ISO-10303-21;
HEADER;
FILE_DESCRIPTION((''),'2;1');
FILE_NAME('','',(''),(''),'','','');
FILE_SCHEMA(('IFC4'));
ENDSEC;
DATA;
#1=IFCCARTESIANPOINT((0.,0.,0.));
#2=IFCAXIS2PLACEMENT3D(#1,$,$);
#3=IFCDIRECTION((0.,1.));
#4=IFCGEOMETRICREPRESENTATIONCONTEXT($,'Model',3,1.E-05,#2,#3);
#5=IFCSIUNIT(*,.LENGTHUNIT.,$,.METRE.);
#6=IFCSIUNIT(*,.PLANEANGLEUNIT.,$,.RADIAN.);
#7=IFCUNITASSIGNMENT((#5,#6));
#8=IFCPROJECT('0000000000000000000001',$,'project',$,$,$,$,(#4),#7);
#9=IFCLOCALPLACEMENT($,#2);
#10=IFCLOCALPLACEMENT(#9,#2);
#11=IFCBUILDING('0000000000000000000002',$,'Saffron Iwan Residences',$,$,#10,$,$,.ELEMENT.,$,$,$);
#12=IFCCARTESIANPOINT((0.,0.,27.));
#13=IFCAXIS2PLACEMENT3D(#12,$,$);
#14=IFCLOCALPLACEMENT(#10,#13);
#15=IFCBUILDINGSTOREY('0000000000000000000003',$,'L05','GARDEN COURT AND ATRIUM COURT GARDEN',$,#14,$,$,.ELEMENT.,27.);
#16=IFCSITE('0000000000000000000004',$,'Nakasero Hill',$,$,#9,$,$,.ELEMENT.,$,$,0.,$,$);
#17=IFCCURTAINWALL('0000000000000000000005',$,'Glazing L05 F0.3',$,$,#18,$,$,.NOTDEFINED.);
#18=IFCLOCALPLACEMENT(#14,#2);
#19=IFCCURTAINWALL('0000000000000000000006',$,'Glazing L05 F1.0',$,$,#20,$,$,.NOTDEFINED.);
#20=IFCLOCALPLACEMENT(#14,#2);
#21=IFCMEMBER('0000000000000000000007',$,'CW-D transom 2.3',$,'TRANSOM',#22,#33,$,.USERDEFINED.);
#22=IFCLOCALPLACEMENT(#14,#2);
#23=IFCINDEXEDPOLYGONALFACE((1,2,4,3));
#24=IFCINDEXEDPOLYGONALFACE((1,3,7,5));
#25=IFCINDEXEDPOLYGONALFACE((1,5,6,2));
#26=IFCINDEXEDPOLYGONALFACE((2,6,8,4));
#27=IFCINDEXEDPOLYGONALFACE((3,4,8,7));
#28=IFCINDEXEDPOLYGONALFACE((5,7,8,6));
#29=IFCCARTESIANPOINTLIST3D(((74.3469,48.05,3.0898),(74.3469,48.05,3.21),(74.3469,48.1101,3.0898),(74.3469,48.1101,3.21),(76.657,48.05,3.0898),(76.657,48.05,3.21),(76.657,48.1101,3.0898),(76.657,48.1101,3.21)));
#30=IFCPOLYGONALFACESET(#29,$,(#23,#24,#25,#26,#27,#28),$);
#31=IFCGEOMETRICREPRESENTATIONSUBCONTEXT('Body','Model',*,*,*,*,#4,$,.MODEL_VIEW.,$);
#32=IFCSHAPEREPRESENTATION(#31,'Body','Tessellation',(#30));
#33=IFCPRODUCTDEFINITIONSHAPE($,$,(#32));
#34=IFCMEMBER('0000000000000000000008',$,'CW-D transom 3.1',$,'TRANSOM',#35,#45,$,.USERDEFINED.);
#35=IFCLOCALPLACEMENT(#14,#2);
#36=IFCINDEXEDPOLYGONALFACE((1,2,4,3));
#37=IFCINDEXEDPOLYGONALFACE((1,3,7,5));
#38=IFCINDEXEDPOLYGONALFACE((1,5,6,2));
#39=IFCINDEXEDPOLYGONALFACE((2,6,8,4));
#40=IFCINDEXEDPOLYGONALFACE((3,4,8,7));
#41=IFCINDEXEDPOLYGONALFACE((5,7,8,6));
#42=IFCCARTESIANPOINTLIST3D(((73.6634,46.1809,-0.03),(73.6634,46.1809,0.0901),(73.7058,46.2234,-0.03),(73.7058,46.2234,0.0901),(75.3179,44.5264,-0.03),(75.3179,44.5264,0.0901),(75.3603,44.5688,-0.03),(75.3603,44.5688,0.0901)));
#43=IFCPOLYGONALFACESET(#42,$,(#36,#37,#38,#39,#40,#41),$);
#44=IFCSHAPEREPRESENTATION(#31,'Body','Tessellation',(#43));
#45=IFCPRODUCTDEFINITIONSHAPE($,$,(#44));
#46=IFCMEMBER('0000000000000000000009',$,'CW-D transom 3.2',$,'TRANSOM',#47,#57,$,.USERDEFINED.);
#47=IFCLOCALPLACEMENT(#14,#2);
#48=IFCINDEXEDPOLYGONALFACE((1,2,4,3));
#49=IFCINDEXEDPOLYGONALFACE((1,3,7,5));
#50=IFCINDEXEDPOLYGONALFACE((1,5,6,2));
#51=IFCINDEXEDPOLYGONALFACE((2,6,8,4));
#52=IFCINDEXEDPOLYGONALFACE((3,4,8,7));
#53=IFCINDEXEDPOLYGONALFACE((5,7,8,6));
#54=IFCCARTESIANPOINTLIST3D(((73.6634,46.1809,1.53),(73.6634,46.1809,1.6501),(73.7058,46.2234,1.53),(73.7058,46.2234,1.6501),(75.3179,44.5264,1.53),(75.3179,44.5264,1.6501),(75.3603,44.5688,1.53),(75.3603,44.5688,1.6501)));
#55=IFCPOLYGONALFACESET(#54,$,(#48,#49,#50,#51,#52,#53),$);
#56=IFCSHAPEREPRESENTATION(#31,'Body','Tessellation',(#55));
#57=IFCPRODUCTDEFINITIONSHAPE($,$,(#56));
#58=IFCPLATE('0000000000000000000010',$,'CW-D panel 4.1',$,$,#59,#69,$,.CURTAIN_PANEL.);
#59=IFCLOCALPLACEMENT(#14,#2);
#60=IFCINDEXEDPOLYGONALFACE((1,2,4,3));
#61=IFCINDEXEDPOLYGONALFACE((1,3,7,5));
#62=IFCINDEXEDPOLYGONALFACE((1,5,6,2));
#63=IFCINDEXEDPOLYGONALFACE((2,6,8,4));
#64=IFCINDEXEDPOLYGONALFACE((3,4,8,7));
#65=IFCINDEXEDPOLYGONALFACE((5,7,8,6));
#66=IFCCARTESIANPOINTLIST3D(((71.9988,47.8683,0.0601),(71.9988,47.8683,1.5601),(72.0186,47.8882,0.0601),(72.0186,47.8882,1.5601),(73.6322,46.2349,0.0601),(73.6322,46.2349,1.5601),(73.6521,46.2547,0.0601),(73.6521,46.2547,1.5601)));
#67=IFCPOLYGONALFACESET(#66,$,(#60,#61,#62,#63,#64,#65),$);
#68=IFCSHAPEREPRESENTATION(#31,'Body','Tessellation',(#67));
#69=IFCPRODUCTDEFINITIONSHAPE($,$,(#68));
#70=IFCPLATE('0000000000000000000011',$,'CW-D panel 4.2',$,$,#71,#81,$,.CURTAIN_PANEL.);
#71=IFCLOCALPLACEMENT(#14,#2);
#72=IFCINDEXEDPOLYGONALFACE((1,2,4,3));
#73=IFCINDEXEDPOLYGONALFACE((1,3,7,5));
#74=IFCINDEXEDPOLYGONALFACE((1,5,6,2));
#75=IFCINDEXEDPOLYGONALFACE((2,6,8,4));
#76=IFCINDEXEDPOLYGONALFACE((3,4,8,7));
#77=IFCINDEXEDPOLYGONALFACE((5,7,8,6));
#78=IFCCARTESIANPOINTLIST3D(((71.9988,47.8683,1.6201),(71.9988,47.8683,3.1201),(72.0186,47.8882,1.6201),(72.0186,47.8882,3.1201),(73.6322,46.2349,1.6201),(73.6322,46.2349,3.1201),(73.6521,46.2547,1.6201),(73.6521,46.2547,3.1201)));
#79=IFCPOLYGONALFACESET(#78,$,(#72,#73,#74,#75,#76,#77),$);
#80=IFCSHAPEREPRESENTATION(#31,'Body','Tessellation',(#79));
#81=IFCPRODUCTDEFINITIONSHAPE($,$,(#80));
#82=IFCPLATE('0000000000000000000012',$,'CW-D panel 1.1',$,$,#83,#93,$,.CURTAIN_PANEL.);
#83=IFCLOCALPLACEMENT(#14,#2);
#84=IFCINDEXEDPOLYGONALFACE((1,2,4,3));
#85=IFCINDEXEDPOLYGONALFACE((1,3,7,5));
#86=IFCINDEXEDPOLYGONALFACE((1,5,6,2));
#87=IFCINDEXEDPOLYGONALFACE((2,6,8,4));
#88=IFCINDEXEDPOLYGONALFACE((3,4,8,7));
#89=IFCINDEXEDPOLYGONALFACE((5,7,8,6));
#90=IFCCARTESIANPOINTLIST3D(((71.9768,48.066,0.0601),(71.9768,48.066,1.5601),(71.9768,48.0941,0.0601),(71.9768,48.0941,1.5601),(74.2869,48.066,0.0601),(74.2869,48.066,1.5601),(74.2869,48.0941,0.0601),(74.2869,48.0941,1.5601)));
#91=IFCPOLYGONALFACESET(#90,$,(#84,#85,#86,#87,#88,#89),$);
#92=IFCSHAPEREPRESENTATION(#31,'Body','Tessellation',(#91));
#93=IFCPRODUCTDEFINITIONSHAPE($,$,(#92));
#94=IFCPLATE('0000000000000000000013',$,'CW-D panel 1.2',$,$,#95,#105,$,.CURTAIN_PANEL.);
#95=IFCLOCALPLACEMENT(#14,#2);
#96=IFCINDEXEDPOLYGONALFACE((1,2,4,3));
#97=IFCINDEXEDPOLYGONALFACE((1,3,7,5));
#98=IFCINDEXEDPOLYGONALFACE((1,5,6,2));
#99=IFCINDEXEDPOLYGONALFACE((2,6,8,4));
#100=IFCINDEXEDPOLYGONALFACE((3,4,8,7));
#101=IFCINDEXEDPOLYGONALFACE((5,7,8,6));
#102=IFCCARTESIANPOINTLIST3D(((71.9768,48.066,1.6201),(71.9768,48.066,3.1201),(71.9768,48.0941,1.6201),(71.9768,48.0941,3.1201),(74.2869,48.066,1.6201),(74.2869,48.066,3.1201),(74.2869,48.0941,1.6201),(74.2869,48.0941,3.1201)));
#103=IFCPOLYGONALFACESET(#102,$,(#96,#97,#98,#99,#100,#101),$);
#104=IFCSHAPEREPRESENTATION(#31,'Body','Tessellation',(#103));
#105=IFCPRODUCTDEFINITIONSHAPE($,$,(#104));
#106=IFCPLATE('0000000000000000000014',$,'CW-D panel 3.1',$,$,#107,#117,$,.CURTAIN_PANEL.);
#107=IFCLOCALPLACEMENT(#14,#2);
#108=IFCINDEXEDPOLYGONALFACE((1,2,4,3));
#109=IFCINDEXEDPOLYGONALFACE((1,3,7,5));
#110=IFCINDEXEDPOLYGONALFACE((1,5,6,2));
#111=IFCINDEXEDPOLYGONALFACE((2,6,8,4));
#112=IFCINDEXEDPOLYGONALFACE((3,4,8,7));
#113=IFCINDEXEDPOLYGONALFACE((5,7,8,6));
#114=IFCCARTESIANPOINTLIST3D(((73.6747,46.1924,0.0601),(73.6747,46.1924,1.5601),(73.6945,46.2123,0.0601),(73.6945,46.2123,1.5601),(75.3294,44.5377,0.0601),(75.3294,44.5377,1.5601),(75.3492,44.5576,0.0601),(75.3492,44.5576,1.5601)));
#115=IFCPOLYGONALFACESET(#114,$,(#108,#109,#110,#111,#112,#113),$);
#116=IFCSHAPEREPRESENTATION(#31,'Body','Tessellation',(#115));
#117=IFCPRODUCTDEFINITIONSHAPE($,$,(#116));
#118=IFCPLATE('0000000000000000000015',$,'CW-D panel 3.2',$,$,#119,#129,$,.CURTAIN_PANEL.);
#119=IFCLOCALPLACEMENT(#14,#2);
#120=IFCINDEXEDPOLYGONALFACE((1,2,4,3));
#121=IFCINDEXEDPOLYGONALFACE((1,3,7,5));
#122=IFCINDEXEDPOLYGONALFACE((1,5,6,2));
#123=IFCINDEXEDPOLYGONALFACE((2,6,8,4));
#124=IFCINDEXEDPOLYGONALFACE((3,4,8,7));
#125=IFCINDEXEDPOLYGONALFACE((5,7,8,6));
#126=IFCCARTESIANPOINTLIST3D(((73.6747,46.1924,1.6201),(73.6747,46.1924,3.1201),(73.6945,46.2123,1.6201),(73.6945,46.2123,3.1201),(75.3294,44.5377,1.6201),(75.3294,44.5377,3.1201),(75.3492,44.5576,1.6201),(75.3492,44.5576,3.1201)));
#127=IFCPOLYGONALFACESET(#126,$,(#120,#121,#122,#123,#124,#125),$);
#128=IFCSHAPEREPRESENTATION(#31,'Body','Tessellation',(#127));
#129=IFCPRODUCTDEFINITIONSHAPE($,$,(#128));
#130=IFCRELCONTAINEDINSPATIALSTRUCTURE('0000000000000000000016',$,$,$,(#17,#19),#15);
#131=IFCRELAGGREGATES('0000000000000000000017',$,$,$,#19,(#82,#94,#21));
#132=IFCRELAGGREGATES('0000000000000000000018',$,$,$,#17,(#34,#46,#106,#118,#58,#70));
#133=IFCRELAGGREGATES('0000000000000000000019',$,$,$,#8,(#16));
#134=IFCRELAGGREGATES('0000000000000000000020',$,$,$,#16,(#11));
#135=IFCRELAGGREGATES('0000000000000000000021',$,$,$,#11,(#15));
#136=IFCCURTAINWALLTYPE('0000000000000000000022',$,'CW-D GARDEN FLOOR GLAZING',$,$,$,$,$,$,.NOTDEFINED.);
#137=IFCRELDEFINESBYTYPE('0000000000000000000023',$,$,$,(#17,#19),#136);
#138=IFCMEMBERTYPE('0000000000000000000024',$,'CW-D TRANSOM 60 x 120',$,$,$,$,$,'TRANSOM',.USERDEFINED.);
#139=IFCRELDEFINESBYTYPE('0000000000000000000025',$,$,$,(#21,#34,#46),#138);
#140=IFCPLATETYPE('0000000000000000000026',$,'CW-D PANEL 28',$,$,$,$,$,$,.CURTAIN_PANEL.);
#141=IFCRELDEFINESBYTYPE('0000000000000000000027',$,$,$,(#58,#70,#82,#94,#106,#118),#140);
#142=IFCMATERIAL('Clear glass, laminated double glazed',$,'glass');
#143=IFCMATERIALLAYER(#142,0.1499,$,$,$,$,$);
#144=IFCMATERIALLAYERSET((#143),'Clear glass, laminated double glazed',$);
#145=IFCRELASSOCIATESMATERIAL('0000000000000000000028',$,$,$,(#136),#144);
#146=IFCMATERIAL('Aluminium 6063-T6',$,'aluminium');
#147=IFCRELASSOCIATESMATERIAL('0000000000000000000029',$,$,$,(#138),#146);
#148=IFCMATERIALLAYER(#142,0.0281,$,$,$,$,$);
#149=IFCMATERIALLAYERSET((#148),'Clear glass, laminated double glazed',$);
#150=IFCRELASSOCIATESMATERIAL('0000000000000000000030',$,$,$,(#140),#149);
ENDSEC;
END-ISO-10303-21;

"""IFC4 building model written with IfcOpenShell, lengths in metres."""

from ifc_helpers import new_model, si_unit, direction, frame, origin, origin_2d, place, context, subcontext, project, spatial, rectangle, extrude, source, transform, mapped, material, layer, layer_set, material_profile, profile_set, type_object, element, aggregate, save


model = new_model("IFC4")

# Units and contexts
model_context = context("Model", 3, precision=1e-05, world=origin(), true_north=direction((0.0, 1.0)))
body_context = subcontext(model_context, "Body", "Model", "MODEL_VIEW")
ifc_project = project(units=[si_unit("LENGTHUNIT", "METRE"), si_unit("PLANEANGLEUNIT", "RADIAN")], contexts=[model_context])

# Site, building, storey
site_placement = place(None, origin())
site = spatial("IfcSite", under=ifc_project, at=site_placement, Name="Nakasero Hill", CompositionType="ELEMENT", RefElevation=0.0)
building_placement = place(site_placement, origin())
building = spatial("IfcBuilding", under=site, at=building_placement, Name="Saffron Iwan Residences", CompositionType="ELEMENT")
storey_placement = place(building_placement, frame((0.0, 0.0, 27.0)))
storey = spatial("IfcBuildingStorey", under=building, at=storey_placement, Name="L05", Description="GARDEN COURT AND ATRIUM COURT GARDEN", CompositionType="ELEMENT", Elevation=27.0)

# Curtain walls
ifc_material_1 = material(Name="Clear glass, laminated double glazed", Category="glass")
ifc_layer_1 = layer(ifc_material_1, 0.1499)
ifc_layer_set_1 = layer_set([ifc_layer_1], Name="Clear glass, laminated double glazed")
curtain_wall_type = type_object("IfcCurtainWallType", Name="CW-D GARDEN FLOOR GLAZING", PredefinedType="NOTDEFINED", material=ifc_layer_set_1)
curtain_wall_1_placement = place(storey_placement, origin())
curtain_wall_1 = element("IfcCurtainWall", 1, at=curtain_wall_1_placement, inside=storey, type_object=curtain_wall_type, Name="Glazing L05 F0.3", PredefinedType="NOTDEFINED")
ifc_material_2 = material(Name="Aluminium 6063-T6", Category="aluminium")
curtain_wall_2_placement = place(storey_placement, origin())
curtain_wall_2 = element("IfcCurtainWall", 2, at=curtain_wall_2_placement, inside=storey, type_object=curtain_wall_type, Name="Glazing L05 F1.0", PredefinedType="NOTDEFINED")

# Members
ifc_material_profile_1 = material_profile(ifc_material_2, rectangle(XDim=0.0601, YDim=0.1201, at=origin_2d()), Name="CW-D TRANSOM 60 x 120")
ifc_profile_set_1 = profile_set([ifc_material_profile_1], Name="Aluminium 6063-T6")
member_type_1 = type_object("IfcMemberType", Name="CW-D TRANSOM 60 x 120", ElementType="TRANSOM", PredefinedType="USERDEFINED", material=ifc_profile_set_1)
shared_shape_1 = source(origin(), body_context, "Body", "SweptSolid", [
    extrude(rectangle(XDim=0.0601, YDim=0.1201, at=origin_2d()), origin(), (0.0, 0.0, 1.0), 2.3101),
])
member_1_placement = place(storey_placement, frame((74.3469, 48.0801, 3.1499), z_axis=(1.0, 0.0, 0.0), x_axis=(0.0, 1.0, 0.0)))
member_1 = element("IfcMember", 3, at=member_1_placement, type_object=member_type_1, Name="CW-D transom 2.3", ObjectType="TRANSOM", PredefinedType="USERDEFINED", context=body_context, shape_type="MappedRepresentation", body=[
    mapped(shared_shape_1, transform((0.0, 0.0, 0.0))),
])
shared_shape_2 = source(origin(), body_context, "Body", "SweptSolid", [
    extrude(rectangle(XDim=0.0601, YDim=0.1201, at=origin_2d()), origin(), (0.0, 0.0, 1.0), 2.3398),
])
member_2_placement = place(storey_placement, frame((75.3391, 44.5476, 0.03), z_axis=(-0.707107, 0.707107, 0.0), x_axis=(-0.707107, -0.707107, 0.0)))
member_2 = element("IfcMember", 4, at=member_2_placement, type_object=member_type_1, Name="CW-D transom 3.1", ObjectType="TRANSOM", PredefinedType="USERDEFINED", context=body_context, shape_type="MappedRepresentation", body=[
    mapped(shared_shape_2, transform((0.0, 0.0, 0.0))),
])
member_3_placement = place(storey_placement, frame((75.3391, 44.5476, 1.5901), z_axis=(-0.707107, 0.707107, 0.0), x_axis=(-0.707107, -0.707107, 0.0)))
member_3 = element("IfcMember", 5, at=member_3_placement, type_object=member_type_1, Name="CW-D transom 3.2", ObjectType="TRANSOM", PredefinedType="USERDEFINED", context=body_context, shape_type="MappedRepresentation", body=[
    mapped(shared_shape_2, transform((0.0, 0.0, 0.0))),
])

# Plates
ifc_layer_2 = layer(ifc_material_1, 0.0281)
ifc_layer_set_2 = layer_set([ifc_layer_2], Name="Clear glass, laminated double glazed")
plate_type = type_object("IfcPlateType", Name="CW-D PANEL 28", PredefinedType="CURTAIN_PANEL", material=ifc_layer_set_2)
shared_shape_3 = source(origin(), body_context, "Body", "SweptSolid", [
    extrude(rectangle(XDim=2.3101, YDim=0.0281, at=origin_2d()), origin(), (0.0, 0.0, 1.0), 1.5),
])
plate_1_placement = place(storey_placement, frame((72.8254, 47.0615, 0.0601), z_axis=(0.0, 0.0, 1.0), x_axis=(-0.707107, 0.707107, 0.0)))
plate_1 = element("IfcPlate", 6, at=plate_1_placement, type_object=plate_type, Name="CW-D panel 4.1", PredefinedType="CURTAIN_PANEL", context=body_context, shape_type="MappedRepresentation", body=[
    mapped(shared_shape_3, transform((0.0, 0.0, 0.0))),
])
plate_2_placement = place(storey_placement, frame((72.8254, 47.0615, 1.6201), z_axis=(0.0, 0.0, 1.0), x_axis=(-0.707107, 0.707107, 0.0)))
plate_2 = element("IfcPlate", 7, at=plate_2_placement, type_object=plate_type, Name="CW-D panel 4.2", PredefinedType="CURTAIN_PANEL", context=body_context, shape_type="MappedRepresentation", body=[
    mapped(shared_shape_3, transform((0.0, 0.0, 0.0))),
])
plate_3_placement = place(storey_placement, frame((73.1318, 48.0801, 0.0601), z_axis=(0.0, 0.0, 1.0), x_axis=(1.0, 0.0, 0.0)))
plate_3 = element("IfcPlate", 8, at=plate_3_placement, type_object=plate_type, Name="CW-D panel 1.1", PredefinedType="CURTAIN_PANEL", context=body_context, shape_type="MappedRepresentation", body=[
    mapped(shared_shape_3, transform((0.0, 0.0, 0.0))),
])
plate_4_placement = place(storey_placement, frame((73.1318, 48.0801, 1.6201), z_axis=(0.0, 0.0, 1.0), x_axis=(1.0, 0.0, 0.0)))
plate_4 = element("IfcPlate", 9, at=plate_4_placement, type_object=plate_type, Name="CW-D panel 1.2", PredefinedType="CURTAIN_PANEL", context=body_context, shape_type="MappedRepresentation", body=[
    mapped(shared_shape_3, transform((0.0, 0.0, 0.0))),
])
aggregate(curtain_wall_2, [plate_3, plate_4, member_1])
shared_shape_4 = source(origin(), body_context, "Body", "SweptSolid", [
    extrude(rectangle(XDim=2.3401, YDim=0.0281, at=origin_2d()), origin(), (0.0, 0.0, 1.0), 1.5),
])
plate_5_placement = place(storey_placement, frame((74.512, 45.375, 0.0601), z_axis=(0.0, 0.0, 1.0), x_axis=(-0.707107, 0.707107, 0.0)))
plate_5 = element("IfcPlate", 10, at=plate_5_placement, type_object=plate_type, Name="CW-D panel 3.1", PredefinedType="CURTAIN_PANEL", context=body_context, shape_type="MappedRepresentation", body=[
    mapped(shared_shape_4, transform((0.0, 0.0, 0.0))),
])
plate_6_placement = place(storey_placement, frame((74.512, 45.375, 1.6201), z_axis=(0.0, 0.0, 1.0), x_axis=(-0.707107, 0.707107, 0.0)))
plate_6 = element("IfcPlate", 11, at=plate_6_placement, type_object=plate_type, Name="CW-D panel 3.2", PredefinedType="CURTAIN_PANEL", context=body_context, shape_type="MappedRepresentation", body=[
    mapped(shared_shape_4, transform((0.0, 0.0, 0.0))),
])
aggregate(curtain_wall_1, [member_2, member_3, plate_5, plate_6, plate_1, plate_2])

save(model, "model.ifc")
